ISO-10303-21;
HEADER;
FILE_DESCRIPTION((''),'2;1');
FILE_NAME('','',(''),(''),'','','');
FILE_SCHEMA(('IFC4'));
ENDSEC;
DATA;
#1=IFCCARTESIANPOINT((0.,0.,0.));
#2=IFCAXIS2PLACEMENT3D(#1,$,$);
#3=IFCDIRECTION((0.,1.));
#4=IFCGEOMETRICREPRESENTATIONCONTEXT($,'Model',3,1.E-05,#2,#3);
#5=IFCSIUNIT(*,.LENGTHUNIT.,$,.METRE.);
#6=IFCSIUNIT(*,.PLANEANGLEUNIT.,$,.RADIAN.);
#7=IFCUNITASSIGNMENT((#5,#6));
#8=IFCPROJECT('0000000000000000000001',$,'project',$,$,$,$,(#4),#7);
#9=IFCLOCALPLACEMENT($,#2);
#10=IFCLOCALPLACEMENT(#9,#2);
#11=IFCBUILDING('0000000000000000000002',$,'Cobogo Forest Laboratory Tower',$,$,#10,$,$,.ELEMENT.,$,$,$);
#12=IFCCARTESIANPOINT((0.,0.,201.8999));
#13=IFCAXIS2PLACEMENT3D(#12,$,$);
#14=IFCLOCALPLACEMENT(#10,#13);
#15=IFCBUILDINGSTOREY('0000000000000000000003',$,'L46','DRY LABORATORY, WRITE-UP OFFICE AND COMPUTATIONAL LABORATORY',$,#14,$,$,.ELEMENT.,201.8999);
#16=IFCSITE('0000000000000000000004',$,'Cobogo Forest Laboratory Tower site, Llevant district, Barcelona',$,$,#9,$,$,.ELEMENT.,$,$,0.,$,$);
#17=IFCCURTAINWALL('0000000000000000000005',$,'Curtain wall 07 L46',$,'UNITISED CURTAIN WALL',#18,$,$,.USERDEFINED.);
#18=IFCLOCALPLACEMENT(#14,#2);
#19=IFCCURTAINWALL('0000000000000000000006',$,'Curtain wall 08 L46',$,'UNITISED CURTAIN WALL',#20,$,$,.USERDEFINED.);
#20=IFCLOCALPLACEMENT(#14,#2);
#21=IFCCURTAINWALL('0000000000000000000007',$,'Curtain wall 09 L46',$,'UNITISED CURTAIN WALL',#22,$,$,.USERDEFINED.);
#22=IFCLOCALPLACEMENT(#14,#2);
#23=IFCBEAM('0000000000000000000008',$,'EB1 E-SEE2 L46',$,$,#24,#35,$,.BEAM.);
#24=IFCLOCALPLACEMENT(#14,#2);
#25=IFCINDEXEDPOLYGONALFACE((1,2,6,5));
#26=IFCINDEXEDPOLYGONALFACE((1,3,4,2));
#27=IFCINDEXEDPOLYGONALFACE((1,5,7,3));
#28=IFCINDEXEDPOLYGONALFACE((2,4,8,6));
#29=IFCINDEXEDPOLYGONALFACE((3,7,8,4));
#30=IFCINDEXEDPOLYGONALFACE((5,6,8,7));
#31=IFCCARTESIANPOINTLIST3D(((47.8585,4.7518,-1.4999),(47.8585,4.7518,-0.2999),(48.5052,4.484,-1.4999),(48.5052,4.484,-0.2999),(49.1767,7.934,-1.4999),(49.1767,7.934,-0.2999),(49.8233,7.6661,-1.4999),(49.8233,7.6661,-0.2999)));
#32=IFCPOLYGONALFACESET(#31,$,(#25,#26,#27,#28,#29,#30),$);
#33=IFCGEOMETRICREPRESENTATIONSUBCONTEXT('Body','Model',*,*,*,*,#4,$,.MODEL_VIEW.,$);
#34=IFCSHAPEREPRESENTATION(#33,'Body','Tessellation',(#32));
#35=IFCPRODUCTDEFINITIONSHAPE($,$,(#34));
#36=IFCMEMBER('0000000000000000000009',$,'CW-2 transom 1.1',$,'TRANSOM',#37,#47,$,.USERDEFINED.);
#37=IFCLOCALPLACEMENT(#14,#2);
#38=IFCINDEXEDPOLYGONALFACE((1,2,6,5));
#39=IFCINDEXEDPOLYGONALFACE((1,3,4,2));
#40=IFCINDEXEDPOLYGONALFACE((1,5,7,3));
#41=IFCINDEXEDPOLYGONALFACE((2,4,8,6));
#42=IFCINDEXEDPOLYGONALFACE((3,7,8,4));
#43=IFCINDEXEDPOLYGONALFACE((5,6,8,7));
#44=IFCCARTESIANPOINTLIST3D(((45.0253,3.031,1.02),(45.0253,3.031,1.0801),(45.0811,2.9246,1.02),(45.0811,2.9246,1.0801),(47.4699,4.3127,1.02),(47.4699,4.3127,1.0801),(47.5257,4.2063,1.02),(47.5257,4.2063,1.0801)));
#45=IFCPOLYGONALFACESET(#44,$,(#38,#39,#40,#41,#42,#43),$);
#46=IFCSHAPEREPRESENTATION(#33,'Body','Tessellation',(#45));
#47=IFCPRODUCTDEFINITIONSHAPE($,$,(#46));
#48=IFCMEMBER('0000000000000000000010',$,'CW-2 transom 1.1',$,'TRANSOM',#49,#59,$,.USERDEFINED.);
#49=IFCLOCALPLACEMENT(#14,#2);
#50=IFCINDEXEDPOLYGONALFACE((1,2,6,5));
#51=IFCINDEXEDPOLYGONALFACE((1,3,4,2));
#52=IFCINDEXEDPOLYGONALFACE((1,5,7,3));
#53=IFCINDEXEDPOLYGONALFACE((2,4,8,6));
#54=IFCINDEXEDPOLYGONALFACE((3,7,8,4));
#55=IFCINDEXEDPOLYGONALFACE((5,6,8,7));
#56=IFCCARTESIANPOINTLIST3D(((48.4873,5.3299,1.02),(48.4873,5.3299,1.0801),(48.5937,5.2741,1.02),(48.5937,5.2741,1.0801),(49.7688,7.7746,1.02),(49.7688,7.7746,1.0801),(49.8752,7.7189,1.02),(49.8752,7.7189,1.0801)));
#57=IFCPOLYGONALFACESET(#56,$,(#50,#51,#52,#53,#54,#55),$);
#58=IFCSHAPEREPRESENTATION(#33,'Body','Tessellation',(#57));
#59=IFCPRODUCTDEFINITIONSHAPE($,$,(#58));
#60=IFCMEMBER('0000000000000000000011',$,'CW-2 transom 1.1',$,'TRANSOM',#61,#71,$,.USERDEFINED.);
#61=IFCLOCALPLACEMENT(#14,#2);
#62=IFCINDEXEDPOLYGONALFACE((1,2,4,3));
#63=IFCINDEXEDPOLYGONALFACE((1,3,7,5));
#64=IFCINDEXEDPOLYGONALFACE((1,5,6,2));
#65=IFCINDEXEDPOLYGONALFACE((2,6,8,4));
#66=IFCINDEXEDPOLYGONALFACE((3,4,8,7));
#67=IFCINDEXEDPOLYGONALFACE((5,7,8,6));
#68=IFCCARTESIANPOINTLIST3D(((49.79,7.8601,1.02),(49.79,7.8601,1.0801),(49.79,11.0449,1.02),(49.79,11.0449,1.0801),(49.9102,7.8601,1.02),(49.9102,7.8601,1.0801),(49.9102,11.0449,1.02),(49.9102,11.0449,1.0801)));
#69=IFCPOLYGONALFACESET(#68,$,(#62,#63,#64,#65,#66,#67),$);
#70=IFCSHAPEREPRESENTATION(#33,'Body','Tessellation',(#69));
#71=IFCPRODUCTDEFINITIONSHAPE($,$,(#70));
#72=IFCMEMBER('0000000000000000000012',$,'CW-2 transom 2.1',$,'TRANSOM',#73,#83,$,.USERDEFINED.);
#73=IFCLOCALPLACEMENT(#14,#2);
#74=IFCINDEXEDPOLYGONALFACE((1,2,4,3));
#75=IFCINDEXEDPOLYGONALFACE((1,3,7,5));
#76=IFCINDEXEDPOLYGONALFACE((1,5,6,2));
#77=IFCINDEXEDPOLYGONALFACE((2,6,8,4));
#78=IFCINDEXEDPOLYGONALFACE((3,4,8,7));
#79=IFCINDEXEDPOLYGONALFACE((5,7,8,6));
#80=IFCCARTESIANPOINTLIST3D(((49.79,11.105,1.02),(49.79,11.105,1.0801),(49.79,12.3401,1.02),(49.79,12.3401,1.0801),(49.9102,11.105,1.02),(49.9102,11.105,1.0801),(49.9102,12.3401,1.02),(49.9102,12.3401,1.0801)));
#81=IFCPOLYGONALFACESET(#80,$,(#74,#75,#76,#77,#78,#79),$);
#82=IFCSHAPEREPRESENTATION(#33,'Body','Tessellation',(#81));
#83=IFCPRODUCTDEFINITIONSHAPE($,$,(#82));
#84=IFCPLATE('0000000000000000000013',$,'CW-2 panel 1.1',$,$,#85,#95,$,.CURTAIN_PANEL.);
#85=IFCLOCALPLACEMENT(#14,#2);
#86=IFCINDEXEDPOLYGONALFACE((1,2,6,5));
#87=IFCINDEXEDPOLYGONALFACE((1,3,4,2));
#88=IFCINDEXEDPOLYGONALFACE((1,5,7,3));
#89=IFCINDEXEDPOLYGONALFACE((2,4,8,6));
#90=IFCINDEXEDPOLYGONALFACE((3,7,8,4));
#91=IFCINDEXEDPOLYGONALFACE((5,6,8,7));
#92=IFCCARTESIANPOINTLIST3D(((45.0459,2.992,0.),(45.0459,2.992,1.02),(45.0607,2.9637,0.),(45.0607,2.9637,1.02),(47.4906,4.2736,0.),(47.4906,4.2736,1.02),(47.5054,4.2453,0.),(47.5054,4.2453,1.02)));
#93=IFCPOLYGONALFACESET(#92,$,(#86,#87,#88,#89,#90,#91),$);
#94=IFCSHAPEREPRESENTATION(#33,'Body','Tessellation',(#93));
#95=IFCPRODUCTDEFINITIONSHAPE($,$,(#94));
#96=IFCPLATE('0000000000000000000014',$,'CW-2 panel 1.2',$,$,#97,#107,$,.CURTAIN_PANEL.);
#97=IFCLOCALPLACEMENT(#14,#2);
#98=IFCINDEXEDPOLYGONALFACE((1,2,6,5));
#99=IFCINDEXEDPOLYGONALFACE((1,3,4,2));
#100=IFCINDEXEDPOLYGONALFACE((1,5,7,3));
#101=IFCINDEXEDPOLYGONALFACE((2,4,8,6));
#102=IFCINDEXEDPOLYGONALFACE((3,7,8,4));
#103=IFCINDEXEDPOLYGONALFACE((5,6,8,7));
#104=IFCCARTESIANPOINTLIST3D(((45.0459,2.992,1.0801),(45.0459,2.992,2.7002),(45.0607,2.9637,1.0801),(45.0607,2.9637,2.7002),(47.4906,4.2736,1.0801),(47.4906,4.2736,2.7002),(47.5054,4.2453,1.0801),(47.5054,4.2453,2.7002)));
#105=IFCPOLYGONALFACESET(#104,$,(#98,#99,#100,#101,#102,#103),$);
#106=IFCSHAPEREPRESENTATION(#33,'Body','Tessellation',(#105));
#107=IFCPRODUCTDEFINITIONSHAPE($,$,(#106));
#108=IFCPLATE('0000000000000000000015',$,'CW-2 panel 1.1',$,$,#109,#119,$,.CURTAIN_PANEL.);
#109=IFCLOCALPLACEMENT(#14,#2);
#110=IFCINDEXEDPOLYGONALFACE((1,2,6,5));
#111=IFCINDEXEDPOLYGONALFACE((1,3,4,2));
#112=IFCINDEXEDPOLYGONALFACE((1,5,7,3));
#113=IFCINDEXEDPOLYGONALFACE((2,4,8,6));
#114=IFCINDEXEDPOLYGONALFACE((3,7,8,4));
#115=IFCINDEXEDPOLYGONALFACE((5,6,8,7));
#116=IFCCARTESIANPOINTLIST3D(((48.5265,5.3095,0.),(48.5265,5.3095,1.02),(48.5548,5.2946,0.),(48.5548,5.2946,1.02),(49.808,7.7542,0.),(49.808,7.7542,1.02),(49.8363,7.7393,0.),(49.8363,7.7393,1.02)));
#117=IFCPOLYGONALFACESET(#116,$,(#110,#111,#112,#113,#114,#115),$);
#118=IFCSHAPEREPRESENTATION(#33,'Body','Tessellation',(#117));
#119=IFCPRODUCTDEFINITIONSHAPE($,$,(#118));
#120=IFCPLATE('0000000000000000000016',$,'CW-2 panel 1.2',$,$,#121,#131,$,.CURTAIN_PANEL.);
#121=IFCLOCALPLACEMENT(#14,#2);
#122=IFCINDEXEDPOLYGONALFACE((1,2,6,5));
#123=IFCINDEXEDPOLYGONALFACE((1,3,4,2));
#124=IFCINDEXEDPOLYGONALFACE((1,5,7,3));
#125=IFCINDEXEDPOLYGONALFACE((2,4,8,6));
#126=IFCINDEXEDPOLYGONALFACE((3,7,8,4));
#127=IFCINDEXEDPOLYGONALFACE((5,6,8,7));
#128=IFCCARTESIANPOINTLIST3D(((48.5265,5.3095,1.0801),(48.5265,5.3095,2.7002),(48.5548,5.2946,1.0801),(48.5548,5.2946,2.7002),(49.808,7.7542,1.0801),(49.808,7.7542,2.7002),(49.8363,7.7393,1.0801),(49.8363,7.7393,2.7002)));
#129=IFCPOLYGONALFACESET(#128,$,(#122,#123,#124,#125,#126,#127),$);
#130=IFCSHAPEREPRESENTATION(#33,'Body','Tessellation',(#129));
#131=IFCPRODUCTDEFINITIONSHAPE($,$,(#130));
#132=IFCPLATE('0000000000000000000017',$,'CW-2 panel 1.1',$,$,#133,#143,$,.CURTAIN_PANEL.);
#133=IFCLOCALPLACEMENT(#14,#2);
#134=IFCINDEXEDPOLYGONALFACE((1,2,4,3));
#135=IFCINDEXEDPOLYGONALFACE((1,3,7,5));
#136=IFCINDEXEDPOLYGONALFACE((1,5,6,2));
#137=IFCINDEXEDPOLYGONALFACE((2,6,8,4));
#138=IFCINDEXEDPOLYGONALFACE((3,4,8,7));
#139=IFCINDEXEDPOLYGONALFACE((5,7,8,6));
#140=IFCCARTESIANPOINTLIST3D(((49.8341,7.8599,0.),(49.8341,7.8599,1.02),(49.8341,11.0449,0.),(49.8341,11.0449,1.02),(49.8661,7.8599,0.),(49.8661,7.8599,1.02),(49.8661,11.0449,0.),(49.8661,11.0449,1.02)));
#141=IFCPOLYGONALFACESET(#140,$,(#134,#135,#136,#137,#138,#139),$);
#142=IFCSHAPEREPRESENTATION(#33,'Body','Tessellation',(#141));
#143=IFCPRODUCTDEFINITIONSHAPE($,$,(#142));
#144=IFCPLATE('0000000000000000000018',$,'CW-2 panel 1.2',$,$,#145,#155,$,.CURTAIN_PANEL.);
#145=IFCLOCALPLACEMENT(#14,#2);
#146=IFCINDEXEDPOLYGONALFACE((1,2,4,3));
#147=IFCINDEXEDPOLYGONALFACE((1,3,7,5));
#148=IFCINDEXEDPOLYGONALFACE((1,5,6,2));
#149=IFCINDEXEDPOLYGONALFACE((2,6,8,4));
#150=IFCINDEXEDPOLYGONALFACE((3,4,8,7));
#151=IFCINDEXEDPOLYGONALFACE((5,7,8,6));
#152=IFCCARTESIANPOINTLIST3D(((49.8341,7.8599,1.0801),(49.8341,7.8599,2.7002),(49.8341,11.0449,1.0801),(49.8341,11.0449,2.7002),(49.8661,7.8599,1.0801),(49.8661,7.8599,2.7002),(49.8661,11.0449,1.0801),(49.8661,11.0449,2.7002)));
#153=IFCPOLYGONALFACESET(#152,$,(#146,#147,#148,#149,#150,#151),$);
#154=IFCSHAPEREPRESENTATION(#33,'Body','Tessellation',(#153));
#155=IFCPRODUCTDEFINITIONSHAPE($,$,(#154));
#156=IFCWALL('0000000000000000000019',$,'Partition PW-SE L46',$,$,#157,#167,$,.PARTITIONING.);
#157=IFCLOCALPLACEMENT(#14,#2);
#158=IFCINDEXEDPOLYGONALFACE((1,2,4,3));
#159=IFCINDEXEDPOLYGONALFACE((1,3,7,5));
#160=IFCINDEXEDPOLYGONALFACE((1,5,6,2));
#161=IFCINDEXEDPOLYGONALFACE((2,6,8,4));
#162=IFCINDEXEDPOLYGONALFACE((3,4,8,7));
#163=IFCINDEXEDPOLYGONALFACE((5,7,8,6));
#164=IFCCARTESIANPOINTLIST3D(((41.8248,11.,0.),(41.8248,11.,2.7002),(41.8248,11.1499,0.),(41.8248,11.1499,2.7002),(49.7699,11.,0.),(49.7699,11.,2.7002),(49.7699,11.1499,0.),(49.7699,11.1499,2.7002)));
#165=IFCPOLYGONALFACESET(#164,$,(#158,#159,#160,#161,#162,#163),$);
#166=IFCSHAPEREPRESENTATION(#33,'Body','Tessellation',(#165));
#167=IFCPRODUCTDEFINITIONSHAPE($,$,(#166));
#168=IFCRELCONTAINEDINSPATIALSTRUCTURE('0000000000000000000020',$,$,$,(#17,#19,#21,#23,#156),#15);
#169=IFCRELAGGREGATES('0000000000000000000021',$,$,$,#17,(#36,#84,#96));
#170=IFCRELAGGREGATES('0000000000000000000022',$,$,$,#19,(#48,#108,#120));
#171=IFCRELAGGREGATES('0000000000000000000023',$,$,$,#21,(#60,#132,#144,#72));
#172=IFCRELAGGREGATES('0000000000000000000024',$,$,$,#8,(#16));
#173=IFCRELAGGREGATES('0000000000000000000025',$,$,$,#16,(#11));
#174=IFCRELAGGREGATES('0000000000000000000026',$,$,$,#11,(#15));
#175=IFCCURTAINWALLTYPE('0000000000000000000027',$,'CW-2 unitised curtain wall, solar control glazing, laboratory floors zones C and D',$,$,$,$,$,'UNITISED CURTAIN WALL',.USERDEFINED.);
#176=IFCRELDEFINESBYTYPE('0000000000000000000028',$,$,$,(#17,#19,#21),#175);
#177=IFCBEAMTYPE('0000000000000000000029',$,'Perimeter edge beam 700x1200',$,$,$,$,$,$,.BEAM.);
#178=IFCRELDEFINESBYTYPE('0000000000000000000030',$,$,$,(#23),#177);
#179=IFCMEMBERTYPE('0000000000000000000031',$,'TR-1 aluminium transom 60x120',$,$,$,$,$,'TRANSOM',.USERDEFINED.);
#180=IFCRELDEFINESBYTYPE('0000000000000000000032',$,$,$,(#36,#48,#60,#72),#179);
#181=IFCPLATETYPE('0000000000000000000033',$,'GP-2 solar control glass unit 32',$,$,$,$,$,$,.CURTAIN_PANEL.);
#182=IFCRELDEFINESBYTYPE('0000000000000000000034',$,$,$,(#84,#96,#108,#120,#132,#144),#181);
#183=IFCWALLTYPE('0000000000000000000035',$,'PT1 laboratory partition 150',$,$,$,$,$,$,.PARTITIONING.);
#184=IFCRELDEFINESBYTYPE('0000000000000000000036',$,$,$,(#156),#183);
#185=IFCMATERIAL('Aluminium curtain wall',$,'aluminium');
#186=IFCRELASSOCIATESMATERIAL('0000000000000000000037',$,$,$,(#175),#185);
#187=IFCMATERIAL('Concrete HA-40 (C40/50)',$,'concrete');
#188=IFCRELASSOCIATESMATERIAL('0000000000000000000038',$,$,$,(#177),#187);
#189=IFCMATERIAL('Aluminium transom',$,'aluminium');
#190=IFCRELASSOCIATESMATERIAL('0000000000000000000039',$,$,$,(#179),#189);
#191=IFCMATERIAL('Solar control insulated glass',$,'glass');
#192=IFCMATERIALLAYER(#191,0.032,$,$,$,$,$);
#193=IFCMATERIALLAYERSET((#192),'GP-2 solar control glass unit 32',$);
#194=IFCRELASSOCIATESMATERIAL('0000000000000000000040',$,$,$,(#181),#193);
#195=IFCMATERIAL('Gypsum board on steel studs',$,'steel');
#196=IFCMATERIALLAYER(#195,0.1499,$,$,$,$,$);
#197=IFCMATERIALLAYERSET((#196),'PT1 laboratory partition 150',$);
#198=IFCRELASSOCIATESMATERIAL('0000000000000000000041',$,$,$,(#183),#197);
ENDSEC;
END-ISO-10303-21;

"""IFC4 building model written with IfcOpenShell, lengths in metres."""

from ifc_helpers import new_model, si_unit, direction, frame, frame_2d, origin, origin_2d, place, context, subcontext, project, spatial, rectangle, extrude, material, layer, layer_set, material_profile, profile_set, type_object, element, aggregate, save


model = new_model("IFC4")

# Units and contexts
model_context = context("Model", 3, precision=1e-05, world=origin(), true_north=direction((0.0, 1.0)))
body_context = subcontext(model_context, "Body", "Model", "MODEL_VIEW")
ifc_project = project(units=[si_unit("LENGTHUNIT", "METRE"), si_unit("PLANEANGLEUNIT", "RADIAN")], contexts=[model_context])

# Site, building, storey
site_placement = place(None, origin())
site = spatial("IfcSite", under=ifc_project, at=site_placement, Name="Cobogo Forest Laboratory Tower site, Llevant district, Barcelona", CompositionType="ELEMENT", RefElevation=0.0)
building_placement = place(site_placement, origin())
building = spatial("IfcBuilding", under=site, at=building_placement, Name="Cobogo Forest Laboratory Tower", CompositionType="ELEMENT")
storey_placement = place(building_placement, frame((0.0, 0.0, 201.8999)))
storey = spatial("IfcBuildingStorey", under=building, at=storey_placement, Name="L46", Description="DRY LABORATORY, WRITE-UP OFFICE AND COMPUTATIONAL LABORATORY", CompositionType="ELEMENT", Elevation=201.8999)

# Shared definitions
ifc_material_1 = material(Name="Aluminium curtain wall", Category="aluminium")
curtain_wall_type = type_object("IfcCurtainWallType", Name="CW-2 unitised curtain wall, solar control glazing, laboratory floors zones C and D", ElementType="UNITISED CURTAIN WALL", PredefinedType="USERDEFINED", material=ifc_material_1)

# Curtain walls
curtain_wall_1_placement = place(storey_placement, origin())
curtain_wall_1 = element("IfcCurtainWall", 1, at=curtain_wall_1_placement, inside=storey, type_object=curtain_wall_type, Name="Curtain wall 07 L46", ObjectType="UNITISED CURTAIN WALL", PredefinedType="USERDEFINED")
curtain_wall_2_placement = place(storey_placement, origin())
curtain_wall_2 = element("IfcCurtainWall", 2, at=curtain_wall_2_placement, inside=storey, type_object=curtain_wall_type, Name="Curtain wall 08 L46", ObjectType="UNITISED CURTAIN WALL", PredefinedType="USERDEFINED")
curtain_wall_3_placement = place(storey_placement, origin())
curtain_wall_3 = element("IfcCurtainWall", 3, at=curtain_wall_3_placement, inside=storey, type_object=curtain_wall_type, Name="Curtain wall 09 L46", ObjectType="UNITISED CURTAIN WALL", PredefinedType="USERDEFINED")

# Beam
ifc_material_2 = material(Name="Concrete HA-40 (C40/50)", Category="concrete")
ifc_material_profile_1 = material_profile(ifc_material_2, rectangle(XDim=0.7, YDim=1.2, at=origin_2d()), Name="RC 700x1200")
ifc_profile_set_1 = profile_set([ifc_material_profile_1], Name="Concrete HA-40 (C40/50)")
beam_type_1 = type_object("IfcBeamType", Name="Perimeter edge beam 700x1200", PredefinedType="BEAM", material=ifc_profile_set_1)
beam_1_placement = place(storey_placement, frame((49.5, 7.8, -0.8999), z_axis=(-0.382692, -0.923876, 0.0), x_axis=(0.923876, -0.382692, 0.0)))
element("IfcBeam", 4, at=beam_1_placement, inside=storey, type_object=beam_type_1, Name="EB1 E-SEE2 L46", PredefinedType="BEAM", context=body_context, shape_type="SweptSolid", body=[
    extrude(rectangle(XDim=0.7, YDim=1.2, at=origin_2d()), origin(), (0.0, 0.0, 1.0), 3.4443),
])

# Members
ifc_material_3 = material(Name="Aluminium transom", Category="aluminium")
ifc_material_profile_2 = material_profile(ifc_material_3, rectangle(XDim=0.1201, YDim=0.0601, at=origin_2d()), Name="AL 60x120")
ifc_profile_set_2 = profile_set([ifc_material_profile_2], Name="Aluminium transom")
member_type_1 = type_object("IfcMemberType", Name="TR-1 aluminium transom 60x120", ElementType="TRANSOM", PredefinedType="USERDEFINED", material=ifc_profile_set_2)
member_1_placement = place(storey_placement, frame((45.0532, 2.9778, 1.05), z_axis=(0.885646, 0.464361, 0.0), x_axis=(-0.464361, 0.885646, 0.0)))
member_1 = element("IfcMember", 5, at=member_1_placement, type_object=member_type_1, Name="CW-2 transom 1.1", ObjectType="TRANSOM", PredefinedType="USERDEFINED", context=body_context, shape_type="SweptSolid", body=[
    extrude(rectangle(XDim=0.1201, YDim=0.0601, at=origin_2d()), origin(), (0.0, 0.0, 1.0), 2.7603),
])
member_2_placement = place(storey_placement, frame((48.5405, 5.302, 1.05), z_axis=(0.464255, 0.885702, 0.0), x_axis=(-0.885702, 0.464255, 0.0)))
member_2 = element("IfcMember", 6, at=member_2_placement, type_object=member_type_1, Name="CW-2 transom 1.1", ObjectType="TRANSOM", PredefinedType="USERDEFINED", context=body_context, shape_type="SweptSolid", body=[
    extrude(rectangle(XDim=0.1201, YDim=0.0601, at=origin_2d()), origin(), (0.0, 0.0, 1.0), 2.7603),
])
member_3_placement = place(storey_placement, frame((49.8501, 7.8601, 1.05), z_axis=(0.0, 1.0, 0.0), x_axis=(-1.0, 0.0, 0.0)))
member_3 = element("IfcMember", 7, at=member_3_placement, type_object=member_type_1, Name="CW-2 transom 1.1", ObjectType="TRANSOM", PredefinedType="USERDEFINED", context=body_context, shape_type="SweptSolid", body=[
    extrude(rectangle(XDim=0.1201, YDim=0.0601, at=origin_2d()), origin(), (0.0, 0.0, 1.0), 3.1848),
])
member_4_placement = place(storey_placement, frame((49.8501, 11.105, 1.05), z_axis=(0.0, 1.0, 0.0), x_axis=(-1.0, 0.0, 0.0)))
member_4 = element("IfcMember", 8, at=member_4_placement, type_object=member_type_1, Name="CW-2 transom 2.1", ObjectType="TRANSOM", PredefinedType="USERDEFINED", context=body_context, shape_type="SweptSolid", body=[
    extrude(rectangle(XDim=0.1201, YDim=0.0601, at=origin_2d()), origin(), (0.0, 0.0, 1.0), 1.2351),
])

# Plates
ifc_material_4 = material(Name="Solar control insulated glass", Category="glass")
ifc_layer_1 = layer(ifc_material_4, 0.032)
ifc_layer_set_1 = layer_set([ifc_layer_1], Name="GP-2 solar control glass unit 32")
plate_type = type_object("IfcPlateType", Name="GP-2 solar control glass unit 32", PredefinedType="CURTAIN_PANEL", material=ifc_layer_set_1)
plate_1_placement = place(storey_placement, frame((46.2756, 3.6187, 0.0), z_axis=(0.0, 0.0, 1.0), x_axis=(0.885686, 0.464284, 0.0)))
plate_1 = element("IfcPlate", 9, at=plate_1_placement, type_object=plate_type, Name="CW-2 panel 1.1", PredefinedType="CURTAIN_PANEL", context=body_context, shape_type="SweptSolid", body=[
    extrude(rectangle(XDim=2.7603, YDim=0.032, at=origin_2d()), origin(), (0.0, 0.0, 1.0), 1.02),
])
plate_2_placement = place(storey_placement, frame((46.2756, 3.6187, 1.0801), z_axis=(0.0, 0.0, 1.0), x_axis=(0.885686, 0.464284, 0.0)))
plate_2 = element("IfcPlate", 10, at=plate_2_placement, type_object=plate_type, Name="CW-2 panel 1.2", PredefinedType="CURTAIN_PANEL", context=body_context, shape_type="SweptSolid", body=[
    extrude(rectangle(XDim=2.7603, YDim=0.032, at=origin_2d()), origin(), (0.0, 0.0, 1.0), 1.6201),
])
aggregate(curtain_wall_1, [member_1, plate_1, plate_2])
plate_3_placement = place(storey_placement, frame((49.1814, 6.5244, 0.0), z_axis=(0.0, 0.0, 1.0), x_axis=(0.464284, 0.885686, 0.0)))
plate_3 = element("IfcPlate", 11, at=plate_3_placement, type_object=plate_type, Name="CW-2 panel 1.1", PredefinedType="CURTAIN_PANEL", context=body_context, shape_type="SweptSolid", body=[
    extrude(rectangle(XDim=2.7603, YDim=0.032, at=origin_2d()), origin(), (0.0, 0.0, 1.0), 1.02),
])
plate_4_placement = place(storey_placement, frame((49.1814, 6.5244, 1.0801), z_axis=(0.0, 0.0, 1.0), x_axis=(0.464284, 0.885686, 0.0)))
plate_4 = element("IfcPlate", 12, at=plate_4_placement, type_object=plate_type, Name="CW-2 panel 1.2", PredefinedType="CURTAIN_PANEL", context=body_context, shape_type="SweptSolid", body=[
    extrude(rectangle(XDim=2.7603, YDim=0.032, at=origin_2d()), origin(), (0.0, 0.0, 1.0), 1.6201),
])
aggregate(curtain_wall_2, [member_2, plate_3, plate_4])
plate_5_placement = place(storey_placement, frame((49.8501, 9.4524, 0.0), z_axis=(0.0, 0.0, 1.0), x_axis=(0.0, 1.0, 0.0)))
plate_5 = element("IfcPlate", 13, at=plate_5_placement, type_object=plate_type, Name="CW-2 panel 1.1", PredefinedType="CURTAIN_PANEL", context=body_context, shape_type="SweptSolid", body=[
    extrude(rectangle(XDim=3.1851, YDim=0.032, at=origin_2d()), origin(), (0.0, 0.0, 1.0), 1.02),
])
plate_6_placement = place(storey_placement, frame((49.8501, 9.4524, 1.0801), z_axis=(0.0, 0.0, 1.0), x_axis=(0.0, 1.0, 0.0)))
plate_6 = element("IfcPlate", 14, at=plate_6_placement, type_object=plate_type, Name="CW-2 panel 1.2", PredefinedType="CURTAIN_PANEL", context=body_context, shape_type="SweptSolid", body=[
    extrude(rectangle(XDim=3.1851, YDim=0.032, at=origin_2d()), origin(), (0.0, 0.0, 1.0), 1.6201),
])
aggregate(curtain_wall_3, [member_3, plate_5, plate_6, member_4])

# Wall
ifc_material_5 = material(Name="Gypsum board on steel studs", Category="steel")
ifc_layer_2 = layer(ifc_material_5, 0.1499)
ifc_layer_set_2 = layer_set([ifc_layer_2], Name="PT1 laboratory partition 150")
wall_type = type_object("IfcWallType", Name="PT1 laboratory partition 150", PredefinedType="PARTITIONING", material=ifc_layer_set_2)
wall_placement = place(storey_placement, frame((49.77, 11.075, 0.0), z_axis=(0.0, 0.0, 1.0), x_axis=(-1.0, 0.0, 0.0)))
element("IfcWall", 15, at=wall_placement, inside=storey, type_object=wall_type, Name="Partition PW-SE L46", PredefinedType="PARTITIONING", context=body_context, shape_type="SweptSolid", body=[
    extrude(rectangle(XDim=7.9451, YDim=0.1499, at=frame_2d((3.9727, 0.0))), origin(), (0.0, 0.0, 1.0), 2.7002),
])

save(model, "model.ifc")
